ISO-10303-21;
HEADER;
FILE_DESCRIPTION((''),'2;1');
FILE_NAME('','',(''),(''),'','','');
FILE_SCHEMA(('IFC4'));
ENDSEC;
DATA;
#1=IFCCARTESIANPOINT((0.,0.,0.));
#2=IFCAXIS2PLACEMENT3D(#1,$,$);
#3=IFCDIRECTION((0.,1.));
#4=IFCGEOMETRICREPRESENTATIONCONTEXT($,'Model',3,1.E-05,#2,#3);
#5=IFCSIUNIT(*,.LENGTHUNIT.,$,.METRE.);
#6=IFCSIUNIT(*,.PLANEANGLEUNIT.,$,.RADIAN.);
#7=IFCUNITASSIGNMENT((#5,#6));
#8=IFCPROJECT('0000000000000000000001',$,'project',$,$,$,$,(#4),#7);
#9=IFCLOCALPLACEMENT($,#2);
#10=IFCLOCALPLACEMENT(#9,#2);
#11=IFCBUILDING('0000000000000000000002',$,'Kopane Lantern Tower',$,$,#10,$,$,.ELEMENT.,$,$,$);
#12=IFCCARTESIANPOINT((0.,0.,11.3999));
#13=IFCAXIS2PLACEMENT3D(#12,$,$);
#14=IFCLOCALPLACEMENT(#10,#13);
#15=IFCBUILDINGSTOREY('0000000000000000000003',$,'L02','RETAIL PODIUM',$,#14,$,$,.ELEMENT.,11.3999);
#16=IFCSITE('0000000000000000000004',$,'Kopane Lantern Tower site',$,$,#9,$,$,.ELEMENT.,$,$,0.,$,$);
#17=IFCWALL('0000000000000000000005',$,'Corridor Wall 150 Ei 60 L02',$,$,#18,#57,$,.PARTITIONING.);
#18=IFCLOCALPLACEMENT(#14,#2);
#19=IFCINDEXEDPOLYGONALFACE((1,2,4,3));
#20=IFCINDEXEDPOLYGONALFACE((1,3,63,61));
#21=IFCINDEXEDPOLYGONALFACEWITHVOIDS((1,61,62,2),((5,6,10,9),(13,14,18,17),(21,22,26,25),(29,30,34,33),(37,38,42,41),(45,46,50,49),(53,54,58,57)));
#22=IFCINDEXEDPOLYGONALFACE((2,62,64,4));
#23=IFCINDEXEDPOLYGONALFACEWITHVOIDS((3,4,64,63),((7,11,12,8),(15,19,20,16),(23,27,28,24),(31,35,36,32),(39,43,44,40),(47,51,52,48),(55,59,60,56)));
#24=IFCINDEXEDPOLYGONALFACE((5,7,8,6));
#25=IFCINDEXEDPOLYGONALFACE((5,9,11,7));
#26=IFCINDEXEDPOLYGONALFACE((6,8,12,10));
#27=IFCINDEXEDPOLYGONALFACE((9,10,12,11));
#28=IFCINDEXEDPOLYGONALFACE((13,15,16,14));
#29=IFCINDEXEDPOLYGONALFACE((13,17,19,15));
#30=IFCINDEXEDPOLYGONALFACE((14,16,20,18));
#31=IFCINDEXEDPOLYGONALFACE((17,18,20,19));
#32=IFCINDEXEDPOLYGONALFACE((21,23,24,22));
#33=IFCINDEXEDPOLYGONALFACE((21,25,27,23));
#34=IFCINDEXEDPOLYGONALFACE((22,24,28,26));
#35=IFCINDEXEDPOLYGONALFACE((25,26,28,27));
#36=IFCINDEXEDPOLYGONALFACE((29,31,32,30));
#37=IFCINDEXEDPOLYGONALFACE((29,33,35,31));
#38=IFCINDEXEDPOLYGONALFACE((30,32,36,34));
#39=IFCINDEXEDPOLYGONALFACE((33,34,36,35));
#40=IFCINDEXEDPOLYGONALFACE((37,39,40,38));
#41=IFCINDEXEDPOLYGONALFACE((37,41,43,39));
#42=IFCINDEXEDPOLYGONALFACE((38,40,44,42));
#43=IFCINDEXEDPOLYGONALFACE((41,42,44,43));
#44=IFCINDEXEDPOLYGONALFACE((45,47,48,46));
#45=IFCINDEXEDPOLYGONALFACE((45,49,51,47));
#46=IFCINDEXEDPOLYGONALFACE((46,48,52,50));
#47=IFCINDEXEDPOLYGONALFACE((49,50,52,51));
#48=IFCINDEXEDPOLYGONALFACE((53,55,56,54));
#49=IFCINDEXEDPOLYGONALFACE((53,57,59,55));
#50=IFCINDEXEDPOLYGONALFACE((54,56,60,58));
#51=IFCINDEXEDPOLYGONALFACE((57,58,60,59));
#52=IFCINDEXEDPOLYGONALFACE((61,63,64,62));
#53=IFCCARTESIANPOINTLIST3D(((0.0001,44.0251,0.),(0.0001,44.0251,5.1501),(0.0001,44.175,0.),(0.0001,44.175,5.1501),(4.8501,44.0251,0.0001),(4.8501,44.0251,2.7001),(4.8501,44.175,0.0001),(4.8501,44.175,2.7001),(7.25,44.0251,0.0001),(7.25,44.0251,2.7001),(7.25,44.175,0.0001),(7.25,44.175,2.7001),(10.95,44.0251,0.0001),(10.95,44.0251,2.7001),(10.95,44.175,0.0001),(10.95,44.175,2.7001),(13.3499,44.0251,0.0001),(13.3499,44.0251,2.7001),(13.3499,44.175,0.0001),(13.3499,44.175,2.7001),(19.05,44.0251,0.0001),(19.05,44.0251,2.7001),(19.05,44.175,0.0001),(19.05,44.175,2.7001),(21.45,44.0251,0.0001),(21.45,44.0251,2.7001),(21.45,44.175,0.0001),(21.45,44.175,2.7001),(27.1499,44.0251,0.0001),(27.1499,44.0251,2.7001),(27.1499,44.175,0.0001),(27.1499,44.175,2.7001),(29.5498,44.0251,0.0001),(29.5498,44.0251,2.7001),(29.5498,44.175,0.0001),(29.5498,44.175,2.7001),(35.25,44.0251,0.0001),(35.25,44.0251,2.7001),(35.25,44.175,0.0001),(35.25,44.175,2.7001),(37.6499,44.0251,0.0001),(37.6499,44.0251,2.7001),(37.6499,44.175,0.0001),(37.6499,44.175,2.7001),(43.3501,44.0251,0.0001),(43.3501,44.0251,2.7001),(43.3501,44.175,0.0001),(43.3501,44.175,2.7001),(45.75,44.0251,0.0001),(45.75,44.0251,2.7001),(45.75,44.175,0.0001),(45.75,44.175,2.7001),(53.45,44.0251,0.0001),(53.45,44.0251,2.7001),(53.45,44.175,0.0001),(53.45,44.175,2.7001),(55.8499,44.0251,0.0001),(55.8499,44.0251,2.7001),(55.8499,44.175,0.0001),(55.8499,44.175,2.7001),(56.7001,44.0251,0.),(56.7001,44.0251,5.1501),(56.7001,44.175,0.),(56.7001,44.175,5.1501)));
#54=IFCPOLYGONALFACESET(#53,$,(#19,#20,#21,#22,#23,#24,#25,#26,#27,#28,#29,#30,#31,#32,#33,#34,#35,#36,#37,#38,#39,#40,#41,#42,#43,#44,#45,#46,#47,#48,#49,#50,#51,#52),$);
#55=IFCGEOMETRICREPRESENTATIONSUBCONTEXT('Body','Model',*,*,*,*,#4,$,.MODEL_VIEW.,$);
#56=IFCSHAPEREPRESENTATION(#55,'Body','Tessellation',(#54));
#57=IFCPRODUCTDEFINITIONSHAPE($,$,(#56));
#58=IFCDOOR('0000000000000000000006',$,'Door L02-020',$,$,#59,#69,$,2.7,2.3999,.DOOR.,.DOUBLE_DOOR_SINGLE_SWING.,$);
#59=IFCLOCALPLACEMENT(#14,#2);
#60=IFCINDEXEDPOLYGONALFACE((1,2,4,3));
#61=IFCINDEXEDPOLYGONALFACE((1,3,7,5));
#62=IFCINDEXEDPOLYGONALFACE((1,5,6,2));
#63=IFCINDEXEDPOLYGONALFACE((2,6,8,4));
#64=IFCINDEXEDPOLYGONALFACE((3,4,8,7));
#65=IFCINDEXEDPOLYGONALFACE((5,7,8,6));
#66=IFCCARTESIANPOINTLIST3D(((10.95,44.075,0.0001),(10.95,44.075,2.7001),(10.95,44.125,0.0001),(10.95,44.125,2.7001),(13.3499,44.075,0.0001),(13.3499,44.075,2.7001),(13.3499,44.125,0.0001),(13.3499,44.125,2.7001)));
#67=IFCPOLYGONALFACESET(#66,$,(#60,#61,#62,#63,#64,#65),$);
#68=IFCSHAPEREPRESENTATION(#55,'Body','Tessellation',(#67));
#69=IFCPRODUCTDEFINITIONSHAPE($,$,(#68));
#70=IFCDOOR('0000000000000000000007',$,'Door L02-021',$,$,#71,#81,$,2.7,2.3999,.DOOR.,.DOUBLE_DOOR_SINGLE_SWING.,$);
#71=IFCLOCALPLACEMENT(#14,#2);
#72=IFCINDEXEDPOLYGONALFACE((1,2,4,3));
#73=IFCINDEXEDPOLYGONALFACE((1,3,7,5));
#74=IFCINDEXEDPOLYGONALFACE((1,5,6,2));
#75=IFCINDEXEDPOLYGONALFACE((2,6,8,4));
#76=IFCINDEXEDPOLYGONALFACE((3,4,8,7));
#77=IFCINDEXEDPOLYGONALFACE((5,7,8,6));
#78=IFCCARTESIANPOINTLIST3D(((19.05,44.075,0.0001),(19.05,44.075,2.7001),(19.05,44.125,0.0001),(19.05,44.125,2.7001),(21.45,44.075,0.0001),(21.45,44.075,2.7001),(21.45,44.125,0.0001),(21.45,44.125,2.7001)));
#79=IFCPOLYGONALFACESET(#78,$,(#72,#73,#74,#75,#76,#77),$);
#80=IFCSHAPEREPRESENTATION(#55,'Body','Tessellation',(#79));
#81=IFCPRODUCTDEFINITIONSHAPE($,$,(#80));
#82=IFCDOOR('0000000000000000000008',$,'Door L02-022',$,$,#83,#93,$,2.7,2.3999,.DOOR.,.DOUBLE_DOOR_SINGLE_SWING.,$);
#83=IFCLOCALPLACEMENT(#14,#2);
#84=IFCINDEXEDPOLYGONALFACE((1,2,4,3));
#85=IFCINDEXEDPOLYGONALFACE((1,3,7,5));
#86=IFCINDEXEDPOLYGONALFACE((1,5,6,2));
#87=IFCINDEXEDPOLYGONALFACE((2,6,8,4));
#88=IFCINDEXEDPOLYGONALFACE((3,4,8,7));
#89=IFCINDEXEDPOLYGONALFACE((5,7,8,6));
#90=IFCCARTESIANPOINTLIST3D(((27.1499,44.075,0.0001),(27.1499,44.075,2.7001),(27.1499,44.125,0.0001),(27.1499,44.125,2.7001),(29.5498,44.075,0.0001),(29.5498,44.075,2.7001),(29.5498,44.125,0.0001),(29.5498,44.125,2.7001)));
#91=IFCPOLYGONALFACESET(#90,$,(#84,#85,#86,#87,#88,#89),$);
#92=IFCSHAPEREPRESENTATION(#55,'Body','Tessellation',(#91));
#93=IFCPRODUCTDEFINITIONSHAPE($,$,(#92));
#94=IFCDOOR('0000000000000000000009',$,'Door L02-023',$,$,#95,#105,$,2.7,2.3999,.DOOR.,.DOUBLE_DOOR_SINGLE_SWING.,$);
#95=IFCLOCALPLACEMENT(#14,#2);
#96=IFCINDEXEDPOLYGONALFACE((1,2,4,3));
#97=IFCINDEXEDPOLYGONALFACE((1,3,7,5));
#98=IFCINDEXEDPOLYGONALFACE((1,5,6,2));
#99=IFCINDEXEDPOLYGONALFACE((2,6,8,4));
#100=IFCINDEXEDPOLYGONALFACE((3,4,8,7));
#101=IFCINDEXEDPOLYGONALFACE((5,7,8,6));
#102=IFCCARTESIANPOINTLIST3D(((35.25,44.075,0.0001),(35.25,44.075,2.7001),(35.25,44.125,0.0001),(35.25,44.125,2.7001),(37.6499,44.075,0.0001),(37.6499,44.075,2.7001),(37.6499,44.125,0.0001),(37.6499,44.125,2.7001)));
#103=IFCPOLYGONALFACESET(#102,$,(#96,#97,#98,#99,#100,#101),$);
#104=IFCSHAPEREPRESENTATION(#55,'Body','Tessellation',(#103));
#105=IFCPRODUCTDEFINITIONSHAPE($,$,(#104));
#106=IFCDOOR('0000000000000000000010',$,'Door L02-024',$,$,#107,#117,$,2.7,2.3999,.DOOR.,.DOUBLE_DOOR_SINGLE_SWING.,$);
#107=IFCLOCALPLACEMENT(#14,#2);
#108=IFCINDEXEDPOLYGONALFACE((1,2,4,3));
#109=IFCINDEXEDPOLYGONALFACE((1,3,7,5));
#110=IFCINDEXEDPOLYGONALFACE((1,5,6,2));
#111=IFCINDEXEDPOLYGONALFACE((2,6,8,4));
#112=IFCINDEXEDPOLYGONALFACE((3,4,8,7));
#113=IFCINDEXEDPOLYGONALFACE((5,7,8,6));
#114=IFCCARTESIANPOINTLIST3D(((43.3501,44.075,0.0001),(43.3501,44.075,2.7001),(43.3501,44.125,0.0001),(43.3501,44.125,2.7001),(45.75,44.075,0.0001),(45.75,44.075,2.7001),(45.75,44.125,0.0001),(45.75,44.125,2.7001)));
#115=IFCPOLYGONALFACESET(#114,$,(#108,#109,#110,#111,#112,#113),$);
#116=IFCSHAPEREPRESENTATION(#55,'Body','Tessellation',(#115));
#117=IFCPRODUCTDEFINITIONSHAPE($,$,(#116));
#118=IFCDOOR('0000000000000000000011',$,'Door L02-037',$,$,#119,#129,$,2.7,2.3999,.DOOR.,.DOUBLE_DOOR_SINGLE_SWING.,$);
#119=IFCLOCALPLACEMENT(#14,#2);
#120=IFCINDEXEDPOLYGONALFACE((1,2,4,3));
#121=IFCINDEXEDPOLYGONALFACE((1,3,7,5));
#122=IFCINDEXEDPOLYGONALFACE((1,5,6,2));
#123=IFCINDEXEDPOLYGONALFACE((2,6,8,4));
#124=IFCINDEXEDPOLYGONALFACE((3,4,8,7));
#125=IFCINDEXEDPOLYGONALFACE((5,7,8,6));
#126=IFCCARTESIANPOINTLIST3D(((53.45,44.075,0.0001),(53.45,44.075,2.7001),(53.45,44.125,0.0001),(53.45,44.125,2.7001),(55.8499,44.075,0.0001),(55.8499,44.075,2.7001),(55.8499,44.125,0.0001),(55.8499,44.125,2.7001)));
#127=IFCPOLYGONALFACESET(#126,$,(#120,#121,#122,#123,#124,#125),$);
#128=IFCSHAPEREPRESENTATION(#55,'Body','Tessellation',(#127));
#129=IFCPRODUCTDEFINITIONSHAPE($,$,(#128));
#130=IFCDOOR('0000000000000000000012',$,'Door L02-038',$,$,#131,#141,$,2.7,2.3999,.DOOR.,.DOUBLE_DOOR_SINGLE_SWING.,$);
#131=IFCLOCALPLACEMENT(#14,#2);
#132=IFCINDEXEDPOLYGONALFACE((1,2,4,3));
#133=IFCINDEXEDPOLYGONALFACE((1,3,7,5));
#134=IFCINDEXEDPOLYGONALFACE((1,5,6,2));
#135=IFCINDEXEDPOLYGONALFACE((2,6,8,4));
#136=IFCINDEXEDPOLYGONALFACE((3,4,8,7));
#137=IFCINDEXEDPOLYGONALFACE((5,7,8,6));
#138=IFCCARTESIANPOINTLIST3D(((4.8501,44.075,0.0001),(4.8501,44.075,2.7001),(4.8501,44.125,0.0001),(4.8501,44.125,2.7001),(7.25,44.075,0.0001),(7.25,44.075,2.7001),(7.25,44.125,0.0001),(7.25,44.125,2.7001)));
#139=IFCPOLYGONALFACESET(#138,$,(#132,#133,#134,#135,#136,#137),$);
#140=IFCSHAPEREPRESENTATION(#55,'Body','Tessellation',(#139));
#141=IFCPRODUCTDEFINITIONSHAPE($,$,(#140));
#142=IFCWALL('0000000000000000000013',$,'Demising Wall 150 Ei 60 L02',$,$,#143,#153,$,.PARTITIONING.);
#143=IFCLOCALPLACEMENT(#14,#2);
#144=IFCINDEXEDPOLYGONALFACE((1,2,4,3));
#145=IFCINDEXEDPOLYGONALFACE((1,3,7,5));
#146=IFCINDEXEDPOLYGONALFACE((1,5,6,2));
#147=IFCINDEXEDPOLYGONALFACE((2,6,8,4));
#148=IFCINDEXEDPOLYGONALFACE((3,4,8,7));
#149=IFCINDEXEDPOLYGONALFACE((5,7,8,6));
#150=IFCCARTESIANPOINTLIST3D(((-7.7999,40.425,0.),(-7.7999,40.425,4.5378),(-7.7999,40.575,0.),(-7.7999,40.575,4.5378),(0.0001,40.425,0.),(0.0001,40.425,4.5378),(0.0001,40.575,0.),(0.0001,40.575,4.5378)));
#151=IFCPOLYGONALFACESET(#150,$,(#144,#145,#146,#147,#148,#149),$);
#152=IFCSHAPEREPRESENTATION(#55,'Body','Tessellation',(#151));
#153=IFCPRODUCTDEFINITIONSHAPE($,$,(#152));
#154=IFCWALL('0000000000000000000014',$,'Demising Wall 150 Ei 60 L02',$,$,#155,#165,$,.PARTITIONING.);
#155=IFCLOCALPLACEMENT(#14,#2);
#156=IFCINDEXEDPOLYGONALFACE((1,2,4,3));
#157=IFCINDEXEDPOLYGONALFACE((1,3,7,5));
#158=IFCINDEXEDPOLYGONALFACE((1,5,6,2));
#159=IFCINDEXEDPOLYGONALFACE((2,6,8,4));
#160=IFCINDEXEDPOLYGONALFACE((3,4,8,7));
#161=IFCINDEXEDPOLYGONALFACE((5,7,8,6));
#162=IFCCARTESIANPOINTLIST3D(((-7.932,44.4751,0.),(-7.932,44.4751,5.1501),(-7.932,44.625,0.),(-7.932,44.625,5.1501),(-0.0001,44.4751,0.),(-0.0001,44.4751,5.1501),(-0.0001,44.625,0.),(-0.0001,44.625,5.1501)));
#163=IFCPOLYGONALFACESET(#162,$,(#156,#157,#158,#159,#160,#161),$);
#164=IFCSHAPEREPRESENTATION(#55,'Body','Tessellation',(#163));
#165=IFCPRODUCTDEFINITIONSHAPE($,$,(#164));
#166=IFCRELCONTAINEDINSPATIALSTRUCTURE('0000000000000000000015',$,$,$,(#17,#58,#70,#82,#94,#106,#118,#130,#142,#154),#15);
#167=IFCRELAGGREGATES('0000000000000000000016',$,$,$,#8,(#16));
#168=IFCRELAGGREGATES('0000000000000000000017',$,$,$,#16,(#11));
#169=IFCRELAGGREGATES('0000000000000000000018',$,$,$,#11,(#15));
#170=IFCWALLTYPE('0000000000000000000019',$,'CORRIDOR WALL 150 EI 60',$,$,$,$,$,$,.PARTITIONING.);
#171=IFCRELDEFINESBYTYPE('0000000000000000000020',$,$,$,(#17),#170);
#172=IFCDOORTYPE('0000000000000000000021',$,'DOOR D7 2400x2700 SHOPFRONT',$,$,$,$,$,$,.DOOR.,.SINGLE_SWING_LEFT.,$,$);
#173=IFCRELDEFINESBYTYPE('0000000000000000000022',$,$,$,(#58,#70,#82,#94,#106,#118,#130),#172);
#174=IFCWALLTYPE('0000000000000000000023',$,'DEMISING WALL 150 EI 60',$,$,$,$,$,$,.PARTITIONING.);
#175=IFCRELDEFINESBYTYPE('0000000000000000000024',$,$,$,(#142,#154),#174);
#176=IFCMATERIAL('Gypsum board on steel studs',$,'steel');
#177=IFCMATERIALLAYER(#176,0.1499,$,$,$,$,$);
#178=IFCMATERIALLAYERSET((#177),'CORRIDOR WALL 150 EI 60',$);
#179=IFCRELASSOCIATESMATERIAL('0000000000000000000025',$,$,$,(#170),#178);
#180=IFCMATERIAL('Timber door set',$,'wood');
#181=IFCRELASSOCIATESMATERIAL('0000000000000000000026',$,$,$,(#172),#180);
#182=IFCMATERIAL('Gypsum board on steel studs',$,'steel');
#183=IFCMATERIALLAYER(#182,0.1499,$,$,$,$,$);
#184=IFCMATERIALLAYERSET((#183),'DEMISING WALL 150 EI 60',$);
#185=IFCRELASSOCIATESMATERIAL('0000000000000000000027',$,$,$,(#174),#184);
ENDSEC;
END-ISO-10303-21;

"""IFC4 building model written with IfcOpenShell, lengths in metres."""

from ifc_helpers import new_model, si_unit, direction, frame, frame_2d, origin, place, context, subcontext, project, spatial, rectangle, extrude, material, layer, layer_set, type_object, element, fill, save


model = new_model("IFC4")

# Units and contexts
model_context = context("Model", 3, precision=1e-05, world=origin(), true_north=direction((0.0, 1.0)))
body_context = subcontext(model_context, "Body", "Model", "MODEL_VIEW")
ifc_project = project(units=[si_unit("LENGTHUNIT", "METRE"), si_unit("PLANEANGLEUNIT", "RADIAN")], contexts=[model_context])

# Site, building, storey
site_placement = place(None, origin())
site = spatial("IfcSite", under=ifc_project, at=site_placement, Name="Kopane Lantern Tower site", CompositionType="ELEMENT", RefElevation=0.0)
building_placement = place(site_placement, origin())
building = spatial("IfcBuilding", under=site, at=building_placement, Name="Kopane Lantern Tower", CompositionType="ELEMENT")
storey_placement = place(building_placement, frame((0.0, 0.0, 11.3999)))
storey = spatial("IfcBuildingStorey", under=building, at=storey_placement, Name="L02", Description="RETAIL PODIUM", CompositionType="ELEMENT", Elevation=11.3999)

# Wall, openings, doors
ifc_material_1 = material(Name="Gypsum board on steel studs", Category="steel")
ifc_layer_1 = layer(ifc_material_1, 0.1499)
ifc_layer_set_1 = layer_set([ifc_layer_1], Name="CORRIDOR WALL 150 EI 60")
wall_type_1 = type_object("IfcWallType", Name="CORRIDOR WALL 150 EI 60", PredefinedType="PARTITIONING", material=ifc_layer_set_1)
wall_1_placement = place(storey_placement, frame((0.0, 44.1001, 0.0), z_axis=(0.0, 0.0, 1.0), x_axis=(1.0, 0.0, 0.0)))
wall_1 = element("IfcWall", 1, at=wall_1_placement, inside=storey, type_object=wall_type_1, Name="Corridor Wall 150 Ei 60 L02", PredefinedType="PARTITIONING", context=body_context, shape_type="SweptSolid", body=[
    extrude(rectangle(XDim=56.7, YDim=0.1499, at=frame_2d((28.3501, 0.0))), origin(), (0.0, 0.0, 1.0), 5.1501),
])
opening_1_placement = place(wall_1_placement, frame((10.95, 0.0, 0.0)))
opening_1 = element("IfcOpeningElement", 2, at=opening_1_placement, cuts=wall_1, PredefinedType="OPENING", context=body_context, shape_type="SweptSolid", body=[
    extrude(rectangle(XDim=2.3999, YDim=2.7, at=frame_2d((1.2, 1.3501))), frame((0.0, 0.085, 0.0), z_axis=(0.0, -1.0, 0.0), x_axis=(1.0, 0.0, 0.0)), (0.0, 0.0, 1.0), 0.1699),
])
opening_2_placement = place(wall_1_placement, frame((19.05, 0.0, 0.0)))
opening_2 = element("IfcOpeningElement", 3, at=opening_2_placement, cuts=wall_1, PredefinedType="OPENING", context=body_context, shape_type="SweptSolid", body=[
    extrude(rectangle(XDim=2.3999, YDim=2.7, at=frame_2d((1.2, 1.3501))), frame((0.0, 0.085, 0.0), z_axis=(0.0, -1.0, 0.0), x_axis=(1.0, 0.0, 0.0)), (0.0, 0.0, 1.0), 0.1699),
])
opening_3_placement = place(wall_1_placement, frame((27.1499, 0.0, 0.0)))
opening_3 = element("IfcOpeningElement", 4, at=opening_3_placement, cuts=wall_1, PredefinedType="OPENING", context=body_context, shape_type="SweptSolid", body=[
    extrude(rectangle(XDim=2.3999, YDim=2.7, at=frame_2d((1.2, 1.3501))), frame((0.0, 0.085, 0.0), z_axis=(0.0, -1.0, 0.0), x_axis=(1.0, 0.0, 0.0)), (0.0, 0.0, 1.0), 0.1699),
])
opening_4_placement = place(wall_1_placement, frame((35.25, 0.0, 0.0)))
opening_4 = element("IfcOpeningElement", 5, at=opening_4_placement, cuts=wall_1, PredefinedType="OPENING", context=body_context, shape_type="SweptSolid", body=[
    extrude(rectangle(XDim=2.3999, YDim=2.7, at=frame_2d((1.2, 1.3501))), frame((0.0, 0.085, 0.0), z_axis=(0.0, -1.0, 0.0), x_axis=(1.0, 0.0, 0.0)), (0.0, 0.0, 1.0), 0.1699),
])
opening_5_placement = place(wall_1_placement, frame((43.3501, 0.0, 0.0)))
opening_5 = element("IfcOpeningElement", 6, at=opening_5_placement, cuts=wall_1, PredefinedType="OPENING", context=body_context, shape_type="SweptSolid", body=[
    extrude(rectangle(XDim=2.3999, YDim=2.7, at=frame_2d((1.2, 1.3501))), frame((0.0, 0.085, 0.0), z_axis=(0.0, -1.0, 0.0), x_axis=(1.0, 0.0, 0.0)), (0.0, 0.0, 1.0), 0.1699),
])
opening_6_placement = place(wall_1_placement, frame((53.45, 0.0, 0.0)))
opening_6 = element("IfcOpeningElement", 7, at=opening_6_placement, cuts=wall_1, PredefinedType="OPENING", context=body_context, shape_type="SweptSolid", body=[
    extrude(rectangle(XDim=2.3999, YDim=2.7, at=frame_2d((1.2, 1.3501))), frame((0.0, 0.085, 0.0), z_axis=(0.0, -1.0, 0.0), x_axis=(1.0, 0.0, 0.0)), (0.0, 0.0, 1.0), 0.1699),
])
opening_7_placement = place(wall_1_placement, frame((4.8501, 0.0, 0.0)))
opening_7 = element("IfcOpeningElement", 8, at=opening_7_placement, cuts=wall_1, PredefinedType="OPENING", context=body_context, shape_type="SweptSolid", body=[
    extrude(rectangle(XDim=2.3999, YDim=2.7, at=frame_2d((1.2, 1.3501))), frame((0.0, 0.085, 0.0), z_axis=(0.0, -1.0, 0.0), x_axis=(1.0, 0.0, 0.0)), (0.0, 0.0, 1.0), 0.1699),
])
ifc_material_2 = material(Name="Timber door set", Category="wood")
door_type = type_object("IfcDoorType", Name="DOOR D7 2400x2700 SHOPFRONT", OperationType="SINGLE_SWING_LEFT", PredefinedType="DOOR", material=ifc_material_2)
door_1_placement = place(opening_1_placement, origin())
door_1 = element("IfcDoor", 9, at=door_1_placement, inside=storey, type_object=door_type, Name="Door L02-020", OperationType="DOUBLE_DOOR_SINGLE_SWING", OverallHeight=2.7, OverallWidth=2.3999, PredefinedType="DOOR", context=body_context, shape_type="SweptSolid", body=[
    extrude(rectangle(XDim=2.3999, YDim=2.7, at=frame_2d((1.2, 1.3501))), frame((0.0, 0.0249, 0.0), z_axis=(0.0, -1.0, 0.0), x_axis=(1.0, 0.0, 0.0)), (0.0, 0.0, 1.0), 0.05),
])
fill(opening_1, door_1)
door_2_placement = place(opening_2_placement, origin())
door_2 = element("IfcDoor", 10, at=door_2_placement, inside=storey, type_object=door_type, Name="Door L02-021", OperationType="DOUBLE_DOOR_SINGLE_SWING", OverallHeight=2.7, OverallWidth=2.3999, PredefinedType="DOOR", context=body_context, shape_type="SweptSolid", body=[
    extrude(rectangle(XDim=2.3999, YDim=2.7, at=frame_2d((1.2, 1.3501))), frame((0.0, 0.0249, 0.0), z_axis=(0.0, -1.0, 0.0), x_axis=(1.0, 0.0, 0.0)), (0.0, 0.0, 1.0), 0.05),
])
fill(opening_2, door_2)
door_3_placement = place(opening_3_placement, origin())
door_3 = element("IfcDoor", 11, at=door_3_placement, inside=storey, type_object=door_type, Name="Door L02-022", OperationType="DOUBLE_DOOR_SINGLE_SWING", OverallHeight=2.7, OverallWidth=2.3999, PredefinedType="DOOR", context=body_context, shape_type="SweptSolid", body=[
    extrude(rectangle(XDim=2.3999, YDim=2.7, at=frame_2d((1.2, 1.3501))), frame((0.0, 0.0249, 0.0), z_axis=(0.0, -1.0, 0.0), x_axis=(1.0, 0.0, 0.0)), (0.0, 0.0, 1.0), 0.05),
])
fill(opening_3, door_3)
door_4_placement = place(opening_4_placement, origin())
door_4 = element("IfcDoor", 12, at=door_4_placement, inside=storey, type_object=door_type, Name="Door L02-023", OperationType="DOUBLE_DOOR_SINGLE_SWING", OverallHeight=2.7, OverallWidth=2.3999, PredefinedType="DOOR", context=body_context, shape_type="SweptSolid", body=[
    extrude(rectangle(XDim=2.3999, YDim=2.7, at=frame_2d((1.2, 1.3501))), frame((0.0, 0.0249, 0.0), z_axis=(0.0, -1.0, 0.0), x_axis=(1.0, 0.0, 0.0)), (0.0, 0.0, 1.0), 0.05),
])
fill(opening_4, door_4)
door_5_placement = place(opening_5_placement, origin())
door_5 = element("IfcDoor", 13, at=door_5_placement, inside=storey, type_object=door_type, Name="Door L02-024", OperationType="DOUBLE_DOOR_SINGLE_SWING", OverallHeight=2.7, OverallWidth=2.3999, PredefinedType="DOOR", context=body_context, shape_type="SweptSolid", body=[
    extrude(rectangle(XDim=2.3999, YDim=2.7, at=frame_2d((1.2, 1.3501))), frame((0.0, 0.0249, 0.0), z_axis=(0.0, -1.0, 0.0), x_axis=(1.0, 0.0, 0.0)), (0.0, 0.0, 1.0), 0.05),
])
fill(opening_5, door_5)
door_6_placement = place(opening_6_placement, origin())
door_6 = element("IfcDoor", 14, at=door_6_placement, inside=storey, type_object=door_type, Name="Door L02-037", OperationType="DOUBLE_DOOR_SINGLE_SWING", OverallHeight=2.7, OverallWidth=2.3999, PredefinedType="DOOR", context=body_context, shape_type="SweptSolid", body=[
    extrude(rectangle(XDim=2.3999, YDim=2.7, at=frame_2d((1.2, 1.3501))), frame((0.0, 0.0249, 0.0), z_axis=(0.0, -1.0, 0.0), x_axis=(1.0, 0.0, 0.0)), (0.0, 0.0, 1.0), 0.05),
])
fill(opening_6, door_6)
door_7_placement = place(opening_7_placement, origin())
door_7 = element("IfcDoor", 15, at=door_7_placement, inside=storey, type_object=door_type, Name="Door L02-038", OperationType="DOUBLE_DOOR_SINGLE_SWING", OverallHeight=2.7, OverallWidth=2.3999, PredefinedType="DOOR", context=body_context, shape_type="SweptSolid", body=[
    extrude(rectangle(XDim=2.3999, YDim=2.7, at=frame_2d((1.2, 1.3501))), frame((0.0, 0.0249, 0.0), z_axis=(0.0, -1.0, 0.0), x_axis=(1.0, 0.0, 0.0)), (0.0, 0.0, 1.0), 0.05),
])
fill(opening_7, door_7)

# Walls
ifc_material_3 = material(Name="Gypsum board on steel studs", Category="steel")
ifc_layer_2 = layer(ifc_material_3, 0.1499)
ifc_layer_set_2 = layer_set([ifc_layer_2], Name="DEMISING WALL 150 EI 60")
wall_type_2 = type_object("IfcWallType", Name="DEMISING WALL 150 EI 60", PredefinedType="PARTITIONING", material=ifc_layer_set_2)
wall_2_placement = place(storey_placement, frame((0.0, 40.5, 0.0), z_axis=(0.0, 0.0, 1.0), x_axis=(-1.0, 0.0, 0.0)))
element("IfcWall", 16, at=wall_2_placement, inside=storey, type_object=wall_type_2, Name="Demising Wall 150 Ei 60 L02", PredefinedType="PARTITIONING", context=body_context, shape_type="SweptSolid", body=[
    extrude(rectangle(XDim=7.8, YDim=0.1499, at=frame_2d((3.8999, 0.0))), origin(), (0.0, 0.0, 1.0), 4.5378),
])
wall_3_placement = place(storey_placement, frame((-7.9319, 44.55, 0.0), z_axis=(0.0, 0.0, 1.0), x_axis=(1.0, 0.0, 0.0)))
element("IfcWall", 17, at=wall_3_placement, inside=storey, type_object=wall_type_2, Name="Demising Wall 150 Ei 60 L02", PredefinedType="PARTITIONING", context=body_context, shape_type="SweptSolid", body=[
    extrude(rectangle(XDim=7.9319, YDim=0.1499, at=frame_2d((3.9658, 0.0))), origin(), (0.0, 0.0, 1.0), 5.1501),
])

save(model, "model.ifc")
